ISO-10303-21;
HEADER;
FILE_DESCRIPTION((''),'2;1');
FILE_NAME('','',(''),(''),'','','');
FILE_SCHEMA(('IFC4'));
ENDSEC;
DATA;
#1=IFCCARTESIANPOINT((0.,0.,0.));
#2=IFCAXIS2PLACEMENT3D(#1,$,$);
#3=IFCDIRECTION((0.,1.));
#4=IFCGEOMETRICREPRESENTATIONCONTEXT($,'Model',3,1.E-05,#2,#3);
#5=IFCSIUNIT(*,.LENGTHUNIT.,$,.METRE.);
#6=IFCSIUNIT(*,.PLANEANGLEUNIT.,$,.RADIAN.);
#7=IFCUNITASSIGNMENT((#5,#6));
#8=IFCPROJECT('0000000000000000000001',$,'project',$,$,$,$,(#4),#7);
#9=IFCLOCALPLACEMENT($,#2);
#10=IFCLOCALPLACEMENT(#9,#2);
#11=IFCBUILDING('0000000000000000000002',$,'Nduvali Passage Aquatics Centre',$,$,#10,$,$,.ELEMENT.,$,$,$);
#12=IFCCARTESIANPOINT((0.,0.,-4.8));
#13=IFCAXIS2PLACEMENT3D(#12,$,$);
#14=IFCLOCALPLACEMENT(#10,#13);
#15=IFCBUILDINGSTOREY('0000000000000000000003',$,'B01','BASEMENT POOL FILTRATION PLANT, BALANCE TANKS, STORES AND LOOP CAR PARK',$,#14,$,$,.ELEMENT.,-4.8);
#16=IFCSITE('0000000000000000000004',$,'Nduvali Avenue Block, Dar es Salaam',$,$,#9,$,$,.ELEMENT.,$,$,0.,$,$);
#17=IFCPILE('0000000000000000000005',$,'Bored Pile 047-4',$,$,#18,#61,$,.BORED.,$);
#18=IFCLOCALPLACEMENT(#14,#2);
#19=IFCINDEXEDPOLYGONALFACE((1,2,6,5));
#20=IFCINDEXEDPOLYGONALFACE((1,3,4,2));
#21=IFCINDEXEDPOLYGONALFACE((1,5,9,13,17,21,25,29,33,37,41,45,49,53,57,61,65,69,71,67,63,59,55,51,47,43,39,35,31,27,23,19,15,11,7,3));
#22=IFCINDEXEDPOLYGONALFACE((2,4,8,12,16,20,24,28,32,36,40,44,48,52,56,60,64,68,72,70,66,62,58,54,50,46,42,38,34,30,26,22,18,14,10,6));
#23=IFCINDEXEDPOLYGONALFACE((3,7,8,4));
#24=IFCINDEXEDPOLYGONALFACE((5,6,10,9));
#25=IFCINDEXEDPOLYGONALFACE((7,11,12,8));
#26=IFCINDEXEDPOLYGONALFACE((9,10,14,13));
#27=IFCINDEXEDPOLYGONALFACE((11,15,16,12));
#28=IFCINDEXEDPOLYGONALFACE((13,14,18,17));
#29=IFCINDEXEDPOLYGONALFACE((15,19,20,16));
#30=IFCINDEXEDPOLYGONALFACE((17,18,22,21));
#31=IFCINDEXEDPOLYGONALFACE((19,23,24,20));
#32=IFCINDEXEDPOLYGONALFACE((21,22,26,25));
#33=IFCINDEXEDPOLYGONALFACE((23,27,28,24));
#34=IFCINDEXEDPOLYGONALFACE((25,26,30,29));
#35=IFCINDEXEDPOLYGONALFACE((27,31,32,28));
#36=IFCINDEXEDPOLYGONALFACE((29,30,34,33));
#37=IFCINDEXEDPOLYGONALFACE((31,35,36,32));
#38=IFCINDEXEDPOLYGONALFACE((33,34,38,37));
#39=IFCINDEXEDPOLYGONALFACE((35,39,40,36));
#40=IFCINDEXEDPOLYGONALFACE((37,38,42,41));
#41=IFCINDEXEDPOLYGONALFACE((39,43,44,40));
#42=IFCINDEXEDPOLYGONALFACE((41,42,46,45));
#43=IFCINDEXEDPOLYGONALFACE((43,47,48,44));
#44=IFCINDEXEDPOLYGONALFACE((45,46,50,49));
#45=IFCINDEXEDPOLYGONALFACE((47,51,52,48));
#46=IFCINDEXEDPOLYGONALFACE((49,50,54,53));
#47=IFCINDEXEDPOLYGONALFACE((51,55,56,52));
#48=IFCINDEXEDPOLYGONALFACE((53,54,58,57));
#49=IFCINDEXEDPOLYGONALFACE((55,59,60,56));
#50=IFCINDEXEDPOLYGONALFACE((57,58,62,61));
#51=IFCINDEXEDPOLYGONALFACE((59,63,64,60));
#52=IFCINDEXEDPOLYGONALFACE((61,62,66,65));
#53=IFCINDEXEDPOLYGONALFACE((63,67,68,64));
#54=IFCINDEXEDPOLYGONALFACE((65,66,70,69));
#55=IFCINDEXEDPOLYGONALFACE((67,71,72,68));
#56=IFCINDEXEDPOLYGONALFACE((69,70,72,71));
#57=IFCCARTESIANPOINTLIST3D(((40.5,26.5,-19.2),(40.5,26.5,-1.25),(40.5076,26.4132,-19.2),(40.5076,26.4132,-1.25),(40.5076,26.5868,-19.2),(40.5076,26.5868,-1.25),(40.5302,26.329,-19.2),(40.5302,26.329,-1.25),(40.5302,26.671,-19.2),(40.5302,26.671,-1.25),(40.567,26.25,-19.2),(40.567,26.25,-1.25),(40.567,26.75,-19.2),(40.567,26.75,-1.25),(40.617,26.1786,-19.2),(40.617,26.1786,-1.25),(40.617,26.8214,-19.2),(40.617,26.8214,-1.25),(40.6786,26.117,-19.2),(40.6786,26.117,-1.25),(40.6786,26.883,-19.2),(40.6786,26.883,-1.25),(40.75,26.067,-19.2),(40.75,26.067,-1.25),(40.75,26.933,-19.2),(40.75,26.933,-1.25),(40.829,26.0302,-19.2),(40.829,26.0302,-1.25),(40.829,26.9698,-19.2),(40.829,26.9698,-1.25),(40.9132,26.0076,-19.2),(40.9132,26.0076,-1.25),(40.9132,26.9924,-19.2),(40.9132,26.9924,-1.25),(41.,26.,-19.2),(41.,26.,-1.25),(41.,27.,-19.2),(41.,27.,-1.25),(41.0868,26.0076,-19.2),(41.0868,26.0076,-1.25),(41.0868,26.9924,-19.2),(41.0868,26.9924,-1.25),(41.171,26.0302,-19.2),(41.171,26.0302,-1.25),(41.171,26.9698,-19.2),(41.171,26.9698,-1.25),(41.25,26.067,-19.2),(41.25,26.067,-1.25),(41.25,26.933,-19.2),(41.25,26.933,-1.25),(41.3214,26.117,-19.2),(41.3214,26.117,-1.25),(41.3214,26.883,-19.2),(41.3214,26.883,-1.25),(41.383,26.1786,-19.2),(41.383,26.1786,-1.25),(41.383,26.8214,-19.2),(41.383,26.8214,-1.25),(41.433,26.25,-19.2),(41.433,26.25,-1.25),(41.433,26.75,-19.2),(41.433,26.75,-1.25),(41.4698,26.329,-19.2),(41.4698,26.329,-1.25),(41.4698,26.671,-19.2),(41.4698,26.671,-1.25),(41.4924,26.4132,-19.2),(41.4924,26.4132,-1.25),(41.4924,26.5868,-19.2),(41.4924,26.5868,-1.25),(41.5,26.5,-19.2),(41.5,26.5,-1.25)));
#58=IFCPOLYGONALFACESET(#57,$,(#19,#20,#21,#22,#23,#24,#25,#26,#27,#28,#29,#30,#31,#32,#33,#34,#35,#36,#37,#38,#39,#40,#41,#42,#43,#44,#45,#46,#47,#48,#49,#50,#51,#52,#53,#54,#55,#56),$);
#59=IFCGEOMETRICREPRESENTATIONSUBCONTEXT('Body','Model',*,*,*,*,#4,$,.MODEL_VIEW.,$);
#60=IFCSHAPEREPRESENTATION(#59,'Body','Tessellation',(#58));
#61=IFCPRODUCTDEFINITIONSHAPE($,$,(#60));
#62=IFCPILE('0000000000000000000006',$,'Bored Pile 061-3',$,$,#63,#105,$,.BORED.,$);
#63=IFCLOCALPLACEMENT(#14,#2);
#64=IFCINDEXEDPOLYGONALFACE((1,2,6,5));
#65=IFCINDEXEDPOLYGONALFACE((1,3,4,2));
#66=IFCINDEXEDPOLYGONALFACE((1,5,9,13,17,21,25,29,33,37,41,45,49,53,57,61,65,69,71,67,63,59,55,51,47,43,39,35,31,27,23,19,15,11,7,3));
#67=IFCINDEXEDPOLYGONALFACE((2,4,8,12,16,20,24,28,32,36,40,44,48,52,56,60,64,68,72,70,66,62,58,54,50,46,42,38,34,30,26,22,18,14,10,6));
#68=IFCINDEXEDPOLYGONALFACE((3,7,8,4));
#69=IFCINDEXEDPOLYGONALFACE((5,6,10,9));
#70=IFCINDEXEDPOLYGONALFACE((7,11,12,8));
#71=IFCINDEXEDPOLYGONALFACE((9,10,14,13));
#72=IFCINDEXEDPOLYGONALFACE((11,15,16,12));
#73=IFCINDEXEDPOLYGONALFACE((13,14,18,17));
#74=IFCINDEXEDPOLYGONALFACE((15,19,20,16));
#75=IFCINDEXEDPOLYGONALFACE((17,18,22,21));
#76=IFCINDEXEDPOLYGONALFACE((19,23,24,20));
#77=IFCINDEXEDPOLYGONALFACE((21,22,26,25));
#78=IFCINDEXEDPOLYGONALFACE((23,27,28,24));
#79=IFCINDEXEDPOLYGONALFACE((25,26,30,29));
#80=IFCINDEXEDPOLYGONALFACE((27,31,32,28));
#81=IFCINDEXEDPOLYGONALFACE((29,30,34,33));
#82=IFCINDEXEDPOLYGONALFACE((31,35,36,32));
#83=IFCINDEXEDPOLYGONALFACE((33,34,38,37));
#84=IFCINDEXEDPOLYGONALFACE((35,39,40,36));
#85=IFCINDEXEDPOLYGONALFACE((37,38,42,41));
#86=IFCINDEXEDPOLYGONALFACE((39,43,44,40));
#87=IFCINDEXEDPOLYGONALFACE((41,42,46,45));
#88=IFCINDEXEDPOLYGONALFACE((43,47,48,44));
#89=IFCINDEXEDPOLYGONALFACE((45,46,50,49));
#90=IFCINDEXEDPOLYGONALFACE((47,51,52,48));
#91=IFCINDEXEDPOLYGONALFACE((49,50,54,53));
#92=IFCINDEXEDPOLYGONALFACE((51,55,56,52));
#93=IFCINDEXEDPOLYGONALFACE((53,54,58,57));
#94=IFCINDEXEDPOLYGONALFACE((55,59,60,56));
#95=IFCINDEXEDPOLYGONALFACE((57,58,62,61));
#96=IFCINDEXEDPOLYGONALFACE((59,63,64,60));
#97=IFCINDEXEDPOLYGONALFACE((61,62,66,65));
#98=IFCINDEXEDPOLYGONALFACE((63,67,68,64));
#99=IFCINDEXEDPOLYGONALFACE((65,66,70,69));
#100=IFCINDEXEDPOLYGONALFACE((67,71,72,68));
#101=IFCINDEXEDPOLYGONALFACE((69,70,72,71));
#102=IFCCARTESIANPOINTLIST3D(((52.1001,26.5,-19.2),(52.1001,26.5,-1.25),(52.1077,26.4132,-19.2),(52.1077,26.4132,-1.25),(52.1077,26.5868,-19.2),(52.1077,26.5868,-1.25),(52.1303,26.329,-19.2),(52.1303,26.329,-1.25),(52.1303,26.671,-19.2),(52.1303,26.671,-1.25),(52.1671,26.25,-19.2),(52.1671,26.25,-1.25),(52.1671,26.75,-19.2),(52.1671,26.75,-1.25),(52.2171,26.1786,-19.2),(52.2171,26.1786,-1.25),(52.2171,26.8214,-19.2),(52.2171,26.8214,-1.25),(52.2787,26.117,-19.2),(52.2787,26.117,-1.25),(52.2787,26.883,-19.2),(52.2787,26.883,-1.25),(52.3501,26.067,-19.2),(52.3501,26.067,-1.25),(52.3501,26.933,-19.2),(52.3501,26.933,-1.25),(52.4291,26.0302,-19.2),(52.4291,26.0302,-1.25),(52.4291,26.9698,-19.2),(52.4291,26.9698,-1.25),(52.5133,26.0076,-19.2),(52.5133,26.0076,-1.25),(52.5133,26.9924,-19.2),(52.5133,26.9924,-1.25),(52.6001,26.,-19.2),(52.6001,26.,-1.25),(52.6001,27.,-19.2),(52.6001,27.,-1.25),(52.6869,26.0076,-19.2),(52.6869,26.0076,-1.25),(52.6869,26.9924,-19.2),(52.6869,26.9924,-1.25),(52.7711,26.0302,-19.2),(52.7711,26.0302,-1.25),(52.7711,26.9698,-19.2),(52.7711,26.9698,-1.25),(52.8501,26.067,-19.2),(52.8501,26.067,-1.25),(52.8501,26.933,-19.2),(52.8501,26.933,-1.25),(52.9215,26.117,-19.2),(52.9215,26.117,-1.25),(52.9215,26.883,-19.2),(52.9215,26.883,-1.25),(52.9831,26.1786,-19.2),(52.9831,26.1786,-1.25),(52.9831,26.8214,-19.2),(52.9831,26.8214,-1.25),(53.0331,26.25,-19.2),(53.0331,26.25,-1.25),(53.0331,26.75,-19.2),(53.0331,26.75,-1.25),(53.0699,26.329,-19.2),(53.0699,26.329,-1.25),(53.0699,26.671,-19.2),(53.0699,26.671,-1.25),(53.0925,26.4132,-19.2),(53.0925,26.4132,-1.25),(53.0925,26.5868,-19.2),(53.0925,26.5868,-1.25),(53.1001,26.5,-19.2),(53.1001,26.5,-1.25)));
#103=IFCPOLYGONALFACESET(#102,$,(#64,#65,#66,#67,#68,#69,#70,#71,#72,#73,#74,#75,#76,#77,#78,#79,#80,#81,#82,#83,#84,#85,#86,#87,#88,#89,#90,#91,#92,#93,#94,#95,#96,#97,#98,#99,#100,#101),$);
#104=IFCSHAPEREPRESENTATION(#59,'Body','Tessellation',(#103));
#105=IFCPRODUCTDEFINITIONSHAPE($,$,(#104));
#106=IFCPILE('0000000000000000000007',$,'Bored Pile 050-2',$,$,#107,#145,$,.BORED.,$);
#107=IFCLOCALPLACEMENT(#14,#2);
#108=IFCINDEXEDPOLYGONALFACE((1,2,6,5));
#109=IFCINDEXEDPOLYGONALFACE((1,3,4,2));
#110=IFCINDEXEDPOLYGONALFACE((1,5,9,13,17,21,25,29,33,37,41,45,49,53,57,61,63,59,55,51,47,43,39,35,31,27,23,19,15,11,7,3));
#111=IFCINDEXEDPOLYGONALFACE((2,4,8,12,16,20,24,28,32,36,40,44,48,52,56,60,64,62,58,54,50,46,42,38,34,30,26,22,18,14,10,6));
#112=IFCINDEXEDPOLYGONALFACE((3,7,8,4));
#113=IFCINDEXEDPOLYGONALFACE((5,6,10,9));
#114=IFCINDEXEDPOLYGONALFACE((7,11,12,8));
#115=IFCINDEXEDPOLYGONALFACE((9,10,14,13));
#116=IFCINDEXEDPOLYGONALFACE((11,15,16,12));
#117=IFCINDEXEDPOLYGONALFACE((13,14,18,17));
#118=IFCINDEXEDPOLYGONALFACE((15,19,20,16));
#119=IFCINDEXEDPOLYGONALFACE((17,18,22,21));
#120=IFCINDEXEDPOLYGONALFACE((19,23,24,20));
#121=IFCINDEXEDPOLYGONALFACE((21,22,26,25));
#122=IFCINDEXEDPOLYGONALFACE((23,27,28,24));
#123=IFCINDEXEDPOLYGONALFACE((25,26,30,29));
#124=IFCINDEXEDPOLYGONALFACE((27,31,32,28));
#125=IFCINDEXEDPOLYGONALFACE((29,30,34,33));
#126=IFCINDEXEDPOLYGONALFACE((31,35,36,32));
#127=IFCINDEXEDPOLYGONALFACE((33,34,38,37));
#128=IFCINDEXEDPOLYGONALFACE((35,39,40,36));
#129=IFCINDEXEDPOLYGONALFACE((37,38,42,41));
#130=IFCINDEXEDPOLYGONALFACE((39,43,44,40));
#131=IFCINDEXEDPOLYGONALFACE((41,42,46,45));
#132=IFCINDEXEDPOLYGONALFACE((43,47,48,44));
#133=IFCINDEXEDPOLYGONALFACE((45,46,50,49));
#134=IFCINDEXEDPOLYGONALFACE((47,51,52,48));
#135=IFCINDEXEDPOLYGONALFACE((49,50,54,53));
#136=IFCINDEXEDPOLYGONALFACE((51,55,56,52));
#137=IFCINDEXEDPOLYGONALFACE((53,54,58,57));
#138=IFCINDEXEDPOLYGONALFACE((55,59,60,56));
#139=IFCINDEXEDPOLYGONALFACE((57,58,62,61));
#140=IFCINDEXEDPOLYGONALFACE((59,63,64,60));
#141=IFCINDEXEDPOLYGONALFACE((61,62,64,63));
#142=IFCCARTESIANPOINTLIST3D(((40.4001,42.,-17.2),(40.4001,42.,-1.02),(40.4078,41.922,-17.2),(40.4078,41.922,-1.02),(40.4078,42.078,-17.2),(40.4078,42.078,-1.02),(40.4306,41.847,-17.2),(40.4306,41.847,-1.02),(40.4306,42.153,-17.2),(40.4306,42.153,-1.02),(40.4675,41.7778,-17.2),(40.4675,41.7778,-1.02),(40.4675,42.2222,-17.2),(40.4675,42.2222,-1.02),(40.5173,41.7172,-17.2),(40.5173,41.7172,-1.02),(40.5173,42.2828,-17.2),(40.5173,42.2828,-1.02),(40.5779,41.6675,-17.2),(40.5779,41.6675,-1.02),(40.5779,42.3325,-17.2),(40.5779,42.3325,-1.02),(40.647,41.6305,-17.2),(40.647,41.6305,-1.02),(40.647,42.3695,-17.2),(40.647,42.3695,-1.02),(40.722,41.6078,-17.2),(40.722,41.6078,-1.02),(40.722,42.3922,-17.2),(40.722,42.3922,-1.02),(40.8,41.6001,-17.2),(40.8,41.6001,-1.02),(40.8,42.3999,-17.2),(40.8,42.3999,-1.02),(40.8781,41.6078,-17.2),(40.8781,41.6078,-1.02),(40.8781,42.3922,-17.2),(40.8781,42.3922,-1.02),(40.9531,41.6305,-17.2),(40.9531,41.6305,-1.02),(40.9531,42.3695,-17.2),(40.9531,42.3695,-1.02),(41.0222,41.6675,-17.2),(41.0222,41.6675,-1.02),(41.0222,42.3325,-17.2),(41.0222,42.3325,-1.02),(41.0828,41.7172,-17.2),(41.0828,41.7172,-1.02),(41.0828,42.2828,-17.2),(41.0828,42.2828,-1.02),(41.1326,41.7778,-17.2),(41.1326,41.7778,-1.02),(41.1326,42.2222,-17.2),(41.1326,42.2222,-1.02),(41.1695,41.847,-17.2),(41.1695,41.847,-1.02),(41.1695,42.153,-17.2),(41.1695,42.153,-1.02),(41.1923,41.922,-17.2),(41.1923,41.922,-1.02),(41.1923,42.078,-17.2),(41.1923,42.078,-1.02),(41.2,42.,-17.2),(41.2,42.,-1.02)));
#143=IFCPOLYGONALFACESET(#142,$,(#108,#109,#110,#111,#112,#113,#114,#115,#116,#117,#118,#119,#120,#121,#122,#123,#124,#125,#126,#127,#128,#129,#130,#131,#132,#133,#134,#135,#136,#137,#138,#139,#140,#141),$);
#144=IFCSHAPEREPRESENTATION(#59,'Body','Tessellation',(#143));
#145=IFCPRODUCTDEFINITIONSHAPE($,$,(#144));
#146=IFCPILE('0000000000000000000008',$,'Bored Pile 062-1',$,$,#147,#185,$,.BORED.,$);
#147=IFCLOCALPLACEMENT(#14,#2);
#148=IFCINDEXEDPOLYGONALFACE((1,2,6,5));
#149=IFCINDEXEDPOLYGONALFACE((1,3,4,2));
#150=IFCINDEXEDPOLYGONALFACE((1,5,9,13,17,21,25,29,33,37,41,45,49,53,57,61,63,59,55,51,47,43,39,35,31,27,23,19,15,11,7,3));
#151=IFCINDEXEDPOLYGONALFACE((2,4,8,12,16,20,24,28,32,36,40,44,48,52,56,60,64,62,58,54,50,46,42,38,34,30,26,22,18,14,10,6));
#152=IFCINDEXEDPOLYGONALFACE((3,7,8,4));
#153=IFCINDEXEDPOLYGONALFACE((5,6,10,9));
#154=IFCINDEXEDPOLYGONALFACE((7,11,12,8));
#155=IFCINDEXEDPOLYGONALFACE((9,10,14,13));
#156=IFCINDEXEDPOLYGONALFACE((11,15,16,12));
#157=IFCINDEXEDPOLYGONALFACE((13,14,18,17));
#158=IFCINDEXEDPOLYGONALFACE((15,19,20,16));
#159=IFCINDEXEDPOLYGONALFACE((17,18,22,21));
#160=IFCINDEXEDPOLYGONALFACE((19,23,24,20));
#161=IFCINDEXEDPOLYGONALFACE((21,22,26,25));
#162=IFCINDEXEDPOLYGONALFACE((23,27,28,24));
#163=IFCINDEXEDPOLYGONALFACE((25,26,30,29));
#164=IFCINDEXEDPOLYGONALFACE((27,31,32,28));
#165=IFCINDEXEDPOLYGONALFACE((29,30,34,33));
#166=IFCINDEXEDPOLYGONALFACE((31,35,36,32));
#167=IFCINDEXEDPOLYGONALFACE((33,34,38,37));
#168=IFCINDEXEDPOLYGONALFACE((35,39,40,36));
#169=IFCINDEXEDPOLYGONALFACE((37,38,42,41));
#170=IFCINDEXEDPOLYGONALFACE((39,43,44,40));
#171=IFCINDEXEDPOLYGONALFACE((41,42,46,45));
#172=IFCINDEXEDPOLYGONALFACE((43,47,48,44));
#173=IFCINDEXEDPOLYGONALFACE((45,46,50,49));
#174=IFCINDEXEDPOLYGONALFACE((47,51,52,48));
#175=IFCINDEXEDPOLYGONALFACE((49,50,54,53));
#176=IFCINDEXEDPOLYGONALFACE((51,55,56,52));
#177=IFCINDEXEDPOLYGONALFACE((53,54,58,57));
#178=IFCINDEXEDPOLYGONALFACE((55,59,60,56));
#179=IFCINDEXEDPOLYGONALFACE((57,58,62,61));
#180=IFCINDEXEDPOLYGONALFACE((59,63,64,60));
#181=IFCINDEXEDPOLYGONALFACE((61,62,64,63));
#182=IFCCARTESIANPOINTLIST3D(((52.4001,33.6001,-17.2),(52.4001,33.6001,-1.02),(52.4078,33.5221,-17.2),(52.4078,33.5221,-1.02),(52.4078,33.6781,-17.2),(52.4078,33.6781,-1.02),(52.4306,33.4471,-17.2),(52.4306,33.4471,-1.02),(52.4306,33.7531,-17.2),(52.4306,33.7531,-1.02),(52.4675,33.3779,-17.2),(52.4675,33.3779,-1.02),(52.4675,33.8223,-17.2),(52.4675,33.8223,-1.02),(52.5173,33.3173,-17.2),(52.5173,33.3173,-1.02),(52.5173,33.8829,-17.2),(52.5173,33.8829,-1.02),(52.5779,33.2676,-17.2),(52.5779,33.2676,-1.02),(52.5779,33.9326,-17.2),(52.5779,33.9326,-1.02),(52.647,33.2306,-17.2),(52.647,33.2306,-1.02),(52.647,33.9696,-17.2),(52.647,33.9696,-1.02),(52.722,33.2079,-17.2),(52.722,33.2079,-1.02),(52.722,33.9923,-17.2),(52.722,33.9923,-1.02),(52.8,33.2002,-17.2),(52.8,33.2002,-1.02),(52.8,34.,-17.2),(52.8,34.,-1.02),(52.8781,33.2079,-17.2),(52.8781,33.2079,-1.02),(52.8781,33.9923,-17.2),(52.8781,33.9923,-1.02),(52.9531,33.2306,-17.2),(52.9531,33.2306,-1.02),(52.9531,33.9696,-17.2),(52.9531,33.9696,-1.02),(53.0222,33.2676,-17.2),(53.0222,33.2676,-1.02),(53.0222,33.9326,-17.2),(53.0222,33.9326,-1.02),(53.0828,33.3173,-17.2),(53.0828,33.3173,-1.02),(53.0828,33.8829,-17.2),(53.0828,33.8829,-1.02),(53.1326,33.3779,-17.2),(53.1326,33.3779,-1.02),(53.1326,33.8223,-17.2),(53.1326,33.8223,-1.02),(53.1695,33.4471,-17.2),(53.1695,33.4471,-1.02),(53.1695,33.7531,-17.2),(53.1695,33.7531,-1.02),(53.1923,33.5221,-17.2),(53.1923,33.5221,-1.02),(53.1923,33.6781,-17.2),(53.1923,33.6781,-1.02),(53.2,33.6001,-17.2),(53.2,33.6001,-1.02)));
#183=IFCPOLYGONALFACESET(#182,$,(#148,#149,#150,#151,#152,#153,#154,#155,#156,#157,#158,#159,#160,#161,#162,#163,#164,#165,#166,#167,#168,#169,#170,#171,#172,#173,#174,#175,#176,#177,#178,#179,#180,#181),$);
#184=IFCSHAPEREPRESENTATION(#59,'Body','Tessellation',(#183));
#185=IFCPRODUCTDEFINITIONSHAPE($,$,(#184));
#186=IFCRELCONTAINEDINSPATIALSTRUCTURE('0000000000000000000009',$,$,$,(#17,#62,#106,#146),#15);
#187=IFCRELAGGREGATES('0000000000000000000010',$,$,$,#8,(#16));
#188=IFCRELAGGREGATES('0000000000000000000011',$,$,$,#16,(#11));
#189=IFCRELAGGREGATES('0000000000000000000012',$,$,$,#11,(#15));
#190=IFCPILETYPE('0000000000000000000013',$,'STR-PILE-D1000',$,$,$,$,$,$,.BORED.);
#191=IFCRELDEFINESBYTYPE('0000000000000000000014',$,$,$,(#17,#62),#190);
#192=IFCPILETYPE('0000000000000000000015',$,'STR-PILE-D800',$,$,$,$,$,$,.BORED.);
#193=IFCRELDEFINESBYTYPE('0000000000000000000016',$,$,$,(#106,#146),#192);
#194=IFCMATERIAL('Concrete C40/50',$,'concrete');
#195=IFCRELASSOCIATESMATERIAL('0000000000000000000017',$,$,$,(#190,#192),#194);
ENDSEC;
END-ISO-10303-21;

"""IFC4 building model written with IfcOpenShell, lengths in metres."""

from ifc_helpers import new_model, si_unit, direction, frame, origin, origin_2d, place, context, subcontext, project, spatial, circle, extrude, material, material_profile, profile_set, type_object, element, save


model = new_model("IFC4")

# Units and contexts
model_context = context("Model", 3, precision=1e-05, world=origin(), true_north=direction((0.0, 1.0)))
body_context = subcontext(model_context, "Body", "Model", "MODEL_VIEW")
ifc_project = project(units=[si_unit("LENGTHUNIT", "METRE"), si_unit("PLANEANGLEUNIT", "RADIAN")], contexts=[model_context])

# Site, building, storey
site_placement = place(None, origin())
site = spatial("IfcSite", under=ifc_project, at=site_placement, Name="Nduvali Avenue Block, Dar es Salaam", CompositionType="ELEMENT", RefElevation=0.0)
building_placement = place(site_placement, origin())
building = spatial("IfcBuilding", under=site, at=building_placement, Name="Nduvali Passage Aquatics Centre", CompositionType="ELEMENT")
storey_placement = place(building_placement, frame((0.0, 0.0, -4.8)))
storey = spatial("IfcBuildingStorey", under=building, at=storey_placement, Name="B01", Description="BASEMENT POOL FILTRATION PLANT, BALANCE TANKS, STORES AND LOOP CAR PARK", CompositionType="ELEMENT", Elevation=-4.8)

# Shared definitions
ifc_material = material(Name="Concrete C40/50", Category="concrete")

# Piles
ifc_material_profile_1 = material_profile(ifc_material, circle(Radius=0.5, at=origin_2d()), Name="PILE D1000")
ifc_profile_set_1 = profile_set([ifc_material_profile_1], Name="Concrete C40/50")
pile_type_1 = type_object("IfcPileType", Name="STR-PILE-D1000", PredefinedType="BORED", material=ifc_profile_set_1)
for number, where, z_axis, x_axis, name in (
    (1, (41.0, 26.5, -1.25), (0.0, 0.0, -1.0), (1.0, 0.0, 0.0), "Bored Pile 047-4"),
    (2, (52.6001, 26.5, -1.25), (0.0, 0.0, -1.0), (1.0, 0.0, 0.0), "Bored Pile 061-3"),
):
    element("IfcPile", number, at=place(storey_placement, frame(where, z_axis=z_axis, x_axis=x_axis)), inside=storey, type_object=pile_type_1, Name=name, PredefinedType="BORED", context=body_context, shape_type="SweptSolid", body=[
        extrude(circle(Radius=0.5, at=origin_2d()), origin(), (0.0, 0.0, 1.0), 17.95),
    ])
ifc_material_profile_2 = material_profile(ifc_material, circle(Radius=0.3999, at=origin_2d()), Name="PILE D800")
ifc_profile_set_2 = profile_set([ifc_material_profile_2], Name="Concrete C40/50")
pile_type_2 = type_object("IfcPileType", Name="STR-PILE-D800", PredefinedType="BORED", material=ifc_profile_set_2)
for number, where, z_axis, x_axis, name in (
    (3, (40.8, 42.0, -1.02), (0.0, 0.0, -1.0), (1.0, 0.0, 0.0), "Bored Pile 050-2"),
    (4, (52.8, 33.6001, -1.02), (0.0, 0.0, -1.0), (1.0, 0.0, 0.0), "Bored Pile 062-1"),
):
    element("IfcPile", number, at=place(storey_placement, frame(where, z_axis=z_axis, x_axis=x_axis)), inside=storey, type_object=pile_type_2, Name=name, PredefinedType="BORED", context=body_context, shape_type="SweptSolid", body=[
        extrude(circle(Radius=0.3999, at=origin_2d()), origin(), (0.0, 0.0, 1.0), 16.1799),
    ])

save(model, "model.ifc")
